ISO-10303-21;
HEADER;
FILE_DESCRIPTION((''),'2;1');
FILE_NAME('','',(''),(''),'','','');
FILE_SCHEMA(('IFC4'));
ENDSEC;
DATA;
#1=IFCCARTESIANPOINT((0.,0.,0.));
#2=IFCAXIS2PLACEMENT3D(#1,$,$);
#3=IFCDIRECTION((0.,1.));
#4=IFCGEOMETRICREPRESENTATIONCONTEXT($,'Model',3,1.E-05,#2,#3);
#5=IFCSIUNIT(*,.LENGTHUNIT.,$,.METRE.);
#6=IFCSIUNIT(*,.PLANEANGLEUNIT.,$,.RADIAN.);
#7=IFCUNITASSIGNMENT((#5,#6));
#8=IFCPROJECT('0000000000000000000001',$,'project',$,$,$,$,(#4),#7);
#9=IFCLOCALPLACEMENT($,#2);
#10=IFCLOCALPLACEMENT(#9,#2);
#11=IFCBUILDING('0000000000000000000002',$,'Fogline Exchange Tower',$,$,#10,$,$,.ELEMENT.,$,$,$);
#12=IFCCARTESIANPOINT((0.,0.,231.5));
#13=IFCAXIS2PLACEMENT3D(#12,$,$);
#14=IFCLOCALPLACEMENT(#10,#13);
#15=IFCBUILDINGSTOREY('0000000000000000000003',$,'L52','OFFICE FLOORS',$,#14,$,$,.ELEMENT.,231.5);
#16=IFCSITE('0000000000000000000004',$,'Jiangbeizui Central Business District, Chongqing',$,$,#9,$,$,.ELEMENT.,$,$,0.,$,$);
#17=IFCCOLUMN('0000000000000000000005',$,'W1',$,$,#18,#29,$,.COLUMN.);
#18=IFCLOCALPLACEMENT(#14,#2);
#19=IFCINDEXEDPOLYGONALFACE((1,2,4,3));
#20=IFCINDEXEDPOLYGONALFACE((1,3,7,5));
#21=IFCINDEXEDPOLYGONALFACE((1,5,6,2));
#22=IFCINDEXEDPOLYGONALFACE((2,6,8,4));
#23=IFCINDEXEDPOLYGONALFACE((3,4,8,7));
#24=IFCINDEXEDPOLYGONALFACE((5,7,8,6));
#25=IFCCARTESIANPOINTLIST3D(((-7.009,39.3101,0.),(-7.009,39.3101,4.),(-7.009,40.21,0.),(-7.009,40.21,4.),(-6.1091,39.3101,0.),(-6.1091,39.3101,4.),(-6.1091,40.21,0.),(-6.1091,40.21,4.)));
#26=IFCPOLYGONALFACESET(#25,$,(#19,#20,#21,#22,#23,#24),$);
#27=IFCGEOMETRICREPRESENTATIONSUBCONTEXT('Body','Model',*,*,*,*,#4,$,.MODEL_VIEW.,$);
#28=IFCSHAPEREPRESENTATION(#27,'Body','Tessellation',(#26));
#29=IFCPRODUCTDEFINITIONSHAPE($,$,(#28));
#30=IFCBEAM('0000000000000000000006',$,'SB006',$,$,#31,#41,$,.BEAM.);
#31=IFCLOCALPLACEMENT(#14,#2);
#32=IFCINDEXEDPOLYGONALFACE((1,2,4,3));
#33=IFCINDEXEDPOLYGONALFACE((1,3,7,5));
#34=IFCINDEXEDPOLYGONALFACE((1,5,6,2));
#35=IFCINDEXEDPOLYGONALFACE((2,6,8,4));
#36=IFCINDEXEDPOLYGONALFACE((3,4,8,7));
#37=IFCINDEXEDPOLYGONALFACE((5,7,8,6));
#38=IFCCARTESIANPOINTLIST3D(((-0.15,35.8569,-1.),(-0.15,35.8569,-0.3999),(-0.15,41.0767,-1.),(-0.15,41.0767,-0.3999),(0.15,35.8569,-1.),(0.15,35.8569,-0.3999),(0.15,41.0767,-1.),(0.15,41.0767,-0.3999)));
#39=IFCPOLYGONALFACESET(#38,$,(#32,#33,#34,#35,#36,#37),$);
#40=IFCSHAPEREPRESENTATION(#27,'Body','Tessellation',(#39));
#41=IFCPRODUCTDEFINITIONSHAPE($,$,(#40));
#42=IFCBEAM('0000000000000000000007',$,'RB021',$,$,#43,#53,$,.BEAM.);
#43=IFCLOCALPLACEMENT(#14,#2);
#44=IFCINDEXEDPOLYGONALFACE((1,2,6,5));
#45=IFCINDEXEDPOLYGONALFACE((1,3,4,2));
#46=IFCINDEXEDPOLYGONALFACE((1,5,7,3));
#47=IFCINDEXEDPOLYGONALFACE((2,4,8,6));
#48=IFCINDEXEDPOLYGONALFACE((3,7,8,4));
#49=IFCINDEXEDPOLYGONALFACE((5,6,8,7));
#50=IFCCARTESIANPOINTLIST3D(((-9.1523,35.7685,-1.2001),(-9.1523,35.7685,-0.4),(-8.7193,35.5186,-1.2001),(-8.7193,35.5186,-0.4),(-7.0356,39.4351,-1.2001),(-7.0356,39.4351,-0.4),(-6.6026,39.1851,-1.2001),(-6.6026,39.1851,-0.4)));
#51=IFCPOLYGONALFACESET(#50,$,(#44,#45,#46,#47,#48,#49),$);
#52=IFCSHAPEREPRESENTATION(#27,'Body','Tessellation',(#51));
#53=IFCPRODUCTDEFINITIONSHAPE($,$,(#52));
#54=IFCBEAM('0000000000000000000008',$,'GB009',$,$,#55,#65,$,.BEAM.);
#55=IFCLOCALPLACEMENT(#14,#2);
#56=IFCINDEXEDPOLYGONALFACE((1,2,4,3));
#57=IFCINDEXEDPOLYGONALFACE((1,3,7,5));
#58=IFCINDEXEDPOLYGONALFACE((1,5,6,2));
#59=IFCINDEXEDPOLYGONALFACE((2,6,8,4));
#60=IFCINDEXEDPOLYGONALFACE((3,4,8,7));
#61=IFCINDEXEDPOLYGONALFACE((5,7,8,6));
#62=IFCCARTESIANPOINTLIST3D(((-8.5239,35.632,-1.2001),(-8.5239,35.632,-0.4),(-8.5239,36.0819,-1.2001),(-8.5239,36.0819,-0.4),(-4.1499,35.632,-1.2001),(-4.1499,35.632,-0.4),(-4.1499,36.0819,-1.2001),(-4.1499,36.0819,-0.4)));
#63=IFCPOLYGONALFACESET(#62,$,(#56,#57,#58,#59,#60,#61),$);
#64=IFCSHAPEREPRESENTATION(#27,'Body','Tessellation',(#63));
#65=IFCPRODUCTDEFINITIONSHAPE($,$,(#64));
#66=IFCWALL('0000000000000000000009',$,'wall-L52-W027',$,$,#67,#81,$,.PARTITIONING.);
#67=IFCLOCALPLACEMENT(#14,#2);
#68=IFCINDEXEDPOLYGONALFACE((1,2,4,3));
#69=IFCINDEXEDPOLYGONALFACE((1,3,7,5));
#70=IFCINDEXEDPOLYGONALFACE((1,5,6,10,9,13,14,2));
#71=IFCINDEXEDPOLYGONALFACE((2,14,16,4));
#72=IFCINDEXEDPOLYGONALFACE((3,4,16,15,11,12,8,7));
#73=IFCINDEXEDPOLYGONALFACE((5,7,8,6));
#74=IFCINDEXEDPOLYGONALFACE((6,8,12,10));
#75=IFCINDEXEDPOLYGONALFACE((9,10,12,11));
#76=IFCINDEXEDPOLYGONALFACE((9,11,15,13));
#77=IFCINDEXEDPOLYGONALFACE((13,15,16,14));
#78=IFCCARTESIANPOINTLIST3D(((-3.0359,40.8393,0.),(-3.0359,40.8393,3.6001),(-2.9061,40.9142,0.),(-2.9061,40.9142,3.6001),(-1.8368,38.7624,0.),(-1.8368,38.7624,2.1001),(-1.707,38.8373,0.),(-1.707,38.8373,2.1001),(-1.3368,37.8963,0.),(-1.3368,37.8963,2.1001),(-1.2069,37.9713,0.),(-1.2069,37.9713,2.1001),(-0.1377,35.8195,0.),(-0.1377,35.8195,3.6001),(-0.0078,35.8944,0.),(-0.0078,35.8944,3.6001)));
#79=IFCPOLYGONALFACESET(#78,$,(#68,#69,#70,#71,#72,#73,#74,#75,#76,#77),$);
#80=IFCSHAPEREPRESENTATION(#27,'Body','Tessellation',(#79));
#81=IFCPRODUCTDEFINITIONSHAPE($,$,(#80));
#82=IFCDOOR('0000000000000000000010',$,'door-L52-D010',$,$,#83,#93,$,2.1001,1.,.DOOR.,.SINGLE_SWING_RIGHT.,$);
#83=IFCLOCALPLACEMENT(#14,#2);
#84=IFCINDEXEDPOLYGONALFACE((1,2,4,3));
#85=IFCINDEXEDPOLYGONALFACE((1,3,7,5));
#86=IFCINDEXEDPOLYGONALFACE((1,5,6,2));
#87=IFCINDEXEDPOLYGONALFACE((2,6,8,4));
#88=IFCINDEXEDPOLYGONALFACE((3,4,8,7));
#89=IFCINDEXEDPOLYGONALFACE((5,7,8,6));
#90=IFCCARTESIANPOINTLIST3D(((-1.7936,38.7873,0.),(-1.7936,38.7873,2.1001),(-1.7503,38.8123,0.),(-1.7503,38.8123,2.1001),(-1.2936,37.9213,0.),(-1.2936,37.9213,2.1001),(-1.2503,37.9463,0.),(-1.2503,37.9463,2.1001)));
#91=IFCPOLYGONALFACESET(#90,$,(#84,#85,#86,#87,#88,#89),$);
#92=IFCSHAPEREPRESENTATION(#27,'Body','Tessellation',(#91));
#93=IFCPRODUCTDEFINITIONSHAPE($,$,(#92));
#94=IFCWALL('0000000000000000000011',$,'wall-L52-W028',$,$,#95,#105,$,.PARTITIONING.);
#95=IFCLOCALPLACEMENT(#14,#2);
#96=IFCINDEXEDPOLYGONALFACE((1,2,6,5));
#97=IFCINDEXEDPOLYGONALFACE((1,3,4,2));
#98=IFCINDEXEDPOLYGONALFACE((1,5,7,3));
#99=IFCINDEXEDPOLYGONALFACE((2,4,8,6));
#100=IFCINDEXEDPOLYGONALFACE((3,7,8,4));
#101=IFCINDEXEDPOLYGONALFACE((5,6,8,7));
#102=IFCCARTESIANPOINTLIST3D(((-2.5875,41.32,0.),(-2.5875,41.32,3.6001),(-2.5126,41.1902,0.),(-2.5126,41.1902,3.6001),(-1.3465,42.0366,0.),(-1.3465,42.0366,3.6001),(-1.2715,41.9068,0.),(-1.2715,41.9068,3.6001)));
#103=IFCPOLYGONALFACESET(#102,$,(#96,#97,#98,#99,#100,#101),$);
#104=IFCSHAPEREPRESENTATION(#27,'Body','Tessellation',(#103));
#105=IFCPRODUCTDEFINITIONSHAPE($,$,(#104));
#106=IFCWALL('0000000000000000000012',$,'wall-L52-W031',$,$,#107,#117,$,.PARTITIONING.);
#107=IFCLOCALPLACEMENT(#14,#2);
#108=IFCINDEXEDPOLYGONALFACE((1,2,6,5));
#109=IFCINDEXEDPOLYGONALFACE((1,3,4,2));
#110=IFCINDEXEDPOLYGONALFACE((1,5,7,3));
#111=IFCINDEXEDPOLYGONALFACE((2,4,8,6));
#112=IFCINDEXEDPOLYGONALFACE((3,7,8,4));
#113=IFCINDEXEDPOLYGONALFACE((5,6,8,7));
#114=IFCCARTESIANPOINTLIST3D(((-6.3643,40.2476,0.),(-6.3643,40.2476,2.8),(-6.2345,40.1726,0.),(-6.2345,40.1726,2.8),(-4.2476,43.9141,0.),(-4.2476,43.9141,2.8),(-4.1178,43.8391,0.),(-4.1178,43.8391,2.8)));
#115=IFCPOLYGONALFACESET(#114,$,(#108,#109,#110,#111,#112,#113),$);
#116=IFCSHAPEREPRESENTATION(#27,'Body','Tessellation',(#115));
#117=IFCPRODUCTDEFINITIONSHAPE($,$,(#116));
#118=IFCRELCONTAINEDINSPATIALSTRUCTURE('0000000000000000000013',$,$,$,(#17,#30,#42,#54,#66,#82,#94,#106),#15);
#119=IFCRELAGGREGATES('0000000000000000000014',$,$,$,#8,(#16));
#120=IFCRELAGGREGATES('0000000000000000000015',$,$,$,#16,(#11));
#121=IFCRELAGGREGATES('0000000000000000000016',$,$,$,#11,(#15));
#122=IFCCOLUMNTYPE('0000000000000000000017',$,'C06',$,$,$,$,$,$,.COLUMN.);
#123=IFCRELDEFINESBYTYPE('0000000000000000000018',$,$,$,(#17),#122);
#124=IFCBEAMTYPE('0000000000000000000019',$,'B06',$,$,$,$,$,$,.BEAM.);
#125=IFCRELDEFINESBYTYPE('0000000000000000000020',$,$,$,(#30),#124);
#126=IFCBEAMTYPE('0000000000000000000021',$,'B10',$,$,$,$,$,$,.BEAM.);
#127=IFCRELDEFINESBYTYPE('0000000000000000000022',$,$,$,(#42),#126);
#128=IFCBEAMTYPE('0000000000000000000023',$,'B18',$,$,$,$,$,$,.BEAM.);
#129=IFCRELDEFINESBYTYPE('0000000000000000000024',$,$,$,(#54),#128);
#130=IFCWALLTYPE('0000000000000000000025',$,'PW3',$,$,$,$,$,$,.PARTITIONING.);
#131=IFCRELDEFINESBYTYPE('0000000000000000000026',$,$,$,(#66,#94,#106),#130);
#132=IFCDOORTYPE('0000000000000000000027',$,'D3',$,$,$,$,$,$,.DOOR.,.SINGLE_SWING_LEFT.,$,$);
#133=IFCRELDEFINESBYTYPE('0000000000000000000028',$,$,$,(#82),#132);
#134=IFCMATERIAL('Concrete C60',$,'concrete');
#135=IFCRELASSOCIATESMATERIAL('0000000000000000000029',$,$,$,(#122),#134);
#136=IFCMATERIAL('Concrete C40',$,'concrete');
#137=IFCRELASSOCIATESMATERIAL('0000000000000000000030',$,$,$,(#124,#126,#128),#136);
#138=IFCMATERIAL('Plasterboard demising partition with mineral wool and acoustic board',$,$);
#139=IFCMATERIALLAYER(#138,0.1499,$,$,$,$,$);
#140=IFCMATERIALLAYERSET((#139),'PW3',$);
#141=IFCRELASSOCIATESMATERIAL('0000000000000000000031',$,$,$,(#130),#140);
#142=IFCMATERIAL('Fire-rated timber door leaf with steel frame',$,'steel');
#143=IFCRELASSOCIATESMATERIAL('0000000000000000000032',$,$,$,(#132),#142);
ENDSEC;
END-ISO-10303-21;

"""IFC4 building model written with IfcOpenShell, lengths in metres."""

from ifc_helpers import new_model, si_unit, direction, frame, frame_2d, origin, origin_2d, place, context, subcontext, project, spatial, rectangle, extrude, material, layer, layer_set, material_profile, profile_set, type_object, element, fill, save


model = new_model("IFC4")

# Units and contexts
model_context = context("Model", 3, precision=1e-05, world=origin(), true_north=direction((0.0, 1.0)))
body_context = subcontext(model_context, "Body", "Model", "MODEL_VIEW")
ifc_project = project(units=[si_unit("LENGTHUNIT", "METRE"), si_unit("PLANEANGLEUNIT", "RADIAN")], contexts=[model_context])

# Site, building, storey
site_placement = place(None, origin())
site = spatial("IfcSite", under=ifc_project, at=site_placement, Name="Jiangbeizui Central Business District, Chongqing", CompositionType="ELEMENT", RefElevation=0.0)
building_placement = place(site_placement, origin())
building = spatial("IfcBuilding", under=site, at=building_placement, Name="Fogline Exchange Tower", CompositionType="ELEMENT")
storey_placement = place(building_placement, frame((0.0, 0.0, 231.5)))
storey = spatial("IfcBuildingStorey", under=building, at=storey_placement, Name="L52", Description="OFFICE FLOORS", CompositionType="ELEMENT", Elevation=231.5)

# Column
ifc_material_1 = material(Name="Concrete C60", Category="concrete")
ifc_material_profile_1 = material_profile(ifc_material_1, rectangle(XDim=0.8999, YDim=0.8999, at=origin_2d()), Name="RC 900x900")
ifc_profile_set_1 = profile_set([ifc_material_profile_1], Name="Concrete C60")
column_type = type_object("IfcColumnType", Name="C06", PredefinedType="COLUMN", material=ifc_profile_set_1)
column_placement = place(storey_placement, frame((-6.5591, 39.76, 0.0), z_axis=(0.0, 0.0, 1.0), x_axis=(1.0, 0.0, 0.0)))
element("IfcColumn", 1, at=column_placement, inside=storey, type_object=column_type, Name="W1", PredefinedType="COLUMN", context=body_context, shape_type="SweptSolid", body=[
    extrude(rectangle(XDim=0.8999, YDim=0.8999, at=origin_2d()), origin(), (0.0, 0.0, 1.0), 4.0),
])

# Beams
ifc_material_2 = material(Name="Concrete C40", Category="concrete")
ifc_material_profile_2 = material_profile(ifc_material_2, rectangle(XDim=0.3, YDim=0.6001, at=origin_2d()), Name="RC 300x600")
ifc_profile_set_2 = profile_set([ifc_material_profile_2], Name="Concrete C40")
beam_type_1 = type_object("IfcBeamType", Name="B06", PredefinedType="BEAM", material=ifc_profile_set_2)
beam_1_placement = place(storey_placement, frame((0.0, 35.8569, -0.7), z_axis=(0.0, 1.0, 0.0), x_axis=(-1.0, 0.0, 0.0)))
element("IfcBeam", 2, at=beam_1_placement, inside=storey, type_object=beam_type_1, Name="SB006", PredefinedType="BEAM", context=body_context, shape_type="SweptSolid", body=[
    extrude(rectangle(XDim=0.3, YDim=0.6001, at=origin_2d()), origin(), (0.0, 0.0, 1.0), 5.2197),
])
ifc_material_profile_3 = material_profile(ifc_material_2, rectangle(XDim=0.5, YDim=0.8, at=origin_2d()), Name="RC 500x800")
ifc_profile_set_3 = profile_set([ifc_material_profile_3], Name="Concrete C40")
beam_type_2 = type_object("IfcBeamType", Name="B10", PredefinedType="BEAM", material=ifc_profile_set_3)
beam_2_placement = place(storey_placement, frame((-6.8191, 39.3101, -0.8), z_axis=(-0.499972, -0.866042, 0.0), x_axis=(0.866042, -0.499972, 0.0)))
element("IfcBeam", 3, at=beam_2_placement, inside=storey, type_object=beam_type_2, Name="RB021", PredefinedType="BEAM", context=body_context, shape_type="SweptSolid", body=[
    extrude(rectangle(XDim=0.5, YDim=0.8, at=origin_2d()), origin(), (0.0, 0.0, 1.0), 4.2336),
])
ifc_material_profile_4 = material_profile(ifc_material_2, rectangle(XDim=0.45, YDim=0.8, at=origin_2d()), Name="RC 450x800")
ifc_profile_set_4 = profile_set([ifc_material_profile_4], Name="Concrete C40")
beam_type_3 = type_object("IfcBeamType", Name="B18", PredefinedType="BEAM", material=ifc_profile_set_4)
beam_3_placement = place(storey_placement, frame((-8.5239, 35.8569, -0.8), z_axis=(1.0, 0.0, 0.0), x_axis=(0.0, 1.0, 0.0)))
element("IfcBeam", 4, at=beam_3_placement, inside=storey, type_object=beam_type_3, Name="GB009", PredefinedType="BEAM", context=body_context, shape_type="SweptSolid", body=[
    extrude(rectangle(XDim=0.45, YDim=0.8, at=origin_2d()), origin(), (0.0, 0.0, 1.0), 4.374),
])

# Wall, opening, door
ifc_material_3 = material(Name="Plasterboard demising partition with mineral wool and acoustic board")
ifc_layer = layer(ifc_material_3, 0.1499)
ifc_layer_set = layer_set([ifc_layer], Name="PW3")
wall_type = type_object("IfcWallType", Name="PW3", PredefinedType="PARTITIONING", material=ifc_layer_set)
wall_1_placement = place(storey_placement, frame((-0.0728, 35.8569, 0.0), z_axis=(0.0, 0.0, 1.0), x_axis=(-0.500003, 0.866024, 0.0)))
wall_1 = element("IfcWall", 5, at=wall_1_placement, inside=storey, type_object=wall_type, Name="wall-L52-W027", PredefinedType="PARTITIONING", context=body_context, shape_type="SweptSolid", body=[
    extrude(rectangle(XDim=5.7964, YDim=0.1499, at=frame_2d((2.8982, 0.0))), origin(), (0.0, 0.0, 1.0), 3.6001),
])
opening_placement = place(wall_1_placement, frame((2.3982, 0.0, 0.0)))
opening = element("IfcOpeningElement", 6, at=opening_placement, cuts=wall_1, PredefinedType="OPENING", context=body_context, shape_type="SweptSolid", body=[
    extrude(rectangle(XDim=1.0, YDim=2.1001, at=frame_2d((0.5, 1.05))), frame((0.0, 0.085, 0.0), z_axis=(0.0, -1.0, 0.0), x_axis=(1.0, 0.0, 0.0)), (0.0, 0.0, 1.0), 0.1699),
])
ifc_material_4 = material(Name="Fire-rated timber door leaf with steel frame", Category="steel")
door_type = type_object("IfcDoorType", Name="D3", OperationType="SINGLE_SWING_LEFT", PredefinedType="DOOR", material=ifc_material_4)
door_placement = place(opening_placement, frame((1.0, 0.0, 0.0), z_axis=(0.0, 0.0, 1.0), x_axis=(-1.0, 0.0, 0.0)))
door = element("IfcDoor", 7, at=door_placement, inside=storey, type_object=door_type, Name="door-L52-D010", OperationType="SINGLE_SWING_RIGHT", OverallHeight=2.1001, OverallWidth=1.0, PredefinedType="DOOR", context=body_context, shape_type="SweptSolid", body=[
    extrude(rectangle(XDim=1.0, YDim=2.1001, at=frame_2d((0.5, 1.05))), frame((0.0, 0.0249, 0.0), z_axis=(0.0, -1.0, 0.0), x_axis=(1.0, 0.0, 0.0)), (0.0, 0.0, 1.0), 0.05),
])
fill(opening, door)

# Walls
wall_2_placement = place(storey_placement, frame((-2.55, 41.2551, 0.0), z_axis=(0.0, 0.0, 1.0), x_axis=(0.866001, 0.500042, 0.0)))
element("IfcWall", 8, at=wall_2_placement, inside=storey, type_object=wall_type, Name="wall-L52-W028", PredefinedType="PARTITIONING", context=body_context, shape_type="SweptSolid", body=[
    extrude(rectangle(XDim=1.4331, YDim=0.1499, at=frame_2d((0.7166, 0.0))), origin(), (0.0, 0.0, 1.0), 3.6001),
])
wall_3_placement = place(storey_placement, frame((-6.2993, 40.2102, 0.0), z_axis=(0.0, 0.0, 1.0), x_axis=(0.499972, 0.866042, 0.0)))
element("IfcWall", 9, at=wall_3_placement, inside=storey, type_object=wall_type, Name="wall-L52-W031", PredefinedType="PARTITIONING", context=body_context, shape_type="SweptSolid", body=[
    extrude(rectangle(XDim=4.2336, YDim=0.1499, at=frame_2d((2.1167, 0.0))), origin(), (0.0, 0.0, 1.0), 2.8),
])

save(model, "model.ifc")
